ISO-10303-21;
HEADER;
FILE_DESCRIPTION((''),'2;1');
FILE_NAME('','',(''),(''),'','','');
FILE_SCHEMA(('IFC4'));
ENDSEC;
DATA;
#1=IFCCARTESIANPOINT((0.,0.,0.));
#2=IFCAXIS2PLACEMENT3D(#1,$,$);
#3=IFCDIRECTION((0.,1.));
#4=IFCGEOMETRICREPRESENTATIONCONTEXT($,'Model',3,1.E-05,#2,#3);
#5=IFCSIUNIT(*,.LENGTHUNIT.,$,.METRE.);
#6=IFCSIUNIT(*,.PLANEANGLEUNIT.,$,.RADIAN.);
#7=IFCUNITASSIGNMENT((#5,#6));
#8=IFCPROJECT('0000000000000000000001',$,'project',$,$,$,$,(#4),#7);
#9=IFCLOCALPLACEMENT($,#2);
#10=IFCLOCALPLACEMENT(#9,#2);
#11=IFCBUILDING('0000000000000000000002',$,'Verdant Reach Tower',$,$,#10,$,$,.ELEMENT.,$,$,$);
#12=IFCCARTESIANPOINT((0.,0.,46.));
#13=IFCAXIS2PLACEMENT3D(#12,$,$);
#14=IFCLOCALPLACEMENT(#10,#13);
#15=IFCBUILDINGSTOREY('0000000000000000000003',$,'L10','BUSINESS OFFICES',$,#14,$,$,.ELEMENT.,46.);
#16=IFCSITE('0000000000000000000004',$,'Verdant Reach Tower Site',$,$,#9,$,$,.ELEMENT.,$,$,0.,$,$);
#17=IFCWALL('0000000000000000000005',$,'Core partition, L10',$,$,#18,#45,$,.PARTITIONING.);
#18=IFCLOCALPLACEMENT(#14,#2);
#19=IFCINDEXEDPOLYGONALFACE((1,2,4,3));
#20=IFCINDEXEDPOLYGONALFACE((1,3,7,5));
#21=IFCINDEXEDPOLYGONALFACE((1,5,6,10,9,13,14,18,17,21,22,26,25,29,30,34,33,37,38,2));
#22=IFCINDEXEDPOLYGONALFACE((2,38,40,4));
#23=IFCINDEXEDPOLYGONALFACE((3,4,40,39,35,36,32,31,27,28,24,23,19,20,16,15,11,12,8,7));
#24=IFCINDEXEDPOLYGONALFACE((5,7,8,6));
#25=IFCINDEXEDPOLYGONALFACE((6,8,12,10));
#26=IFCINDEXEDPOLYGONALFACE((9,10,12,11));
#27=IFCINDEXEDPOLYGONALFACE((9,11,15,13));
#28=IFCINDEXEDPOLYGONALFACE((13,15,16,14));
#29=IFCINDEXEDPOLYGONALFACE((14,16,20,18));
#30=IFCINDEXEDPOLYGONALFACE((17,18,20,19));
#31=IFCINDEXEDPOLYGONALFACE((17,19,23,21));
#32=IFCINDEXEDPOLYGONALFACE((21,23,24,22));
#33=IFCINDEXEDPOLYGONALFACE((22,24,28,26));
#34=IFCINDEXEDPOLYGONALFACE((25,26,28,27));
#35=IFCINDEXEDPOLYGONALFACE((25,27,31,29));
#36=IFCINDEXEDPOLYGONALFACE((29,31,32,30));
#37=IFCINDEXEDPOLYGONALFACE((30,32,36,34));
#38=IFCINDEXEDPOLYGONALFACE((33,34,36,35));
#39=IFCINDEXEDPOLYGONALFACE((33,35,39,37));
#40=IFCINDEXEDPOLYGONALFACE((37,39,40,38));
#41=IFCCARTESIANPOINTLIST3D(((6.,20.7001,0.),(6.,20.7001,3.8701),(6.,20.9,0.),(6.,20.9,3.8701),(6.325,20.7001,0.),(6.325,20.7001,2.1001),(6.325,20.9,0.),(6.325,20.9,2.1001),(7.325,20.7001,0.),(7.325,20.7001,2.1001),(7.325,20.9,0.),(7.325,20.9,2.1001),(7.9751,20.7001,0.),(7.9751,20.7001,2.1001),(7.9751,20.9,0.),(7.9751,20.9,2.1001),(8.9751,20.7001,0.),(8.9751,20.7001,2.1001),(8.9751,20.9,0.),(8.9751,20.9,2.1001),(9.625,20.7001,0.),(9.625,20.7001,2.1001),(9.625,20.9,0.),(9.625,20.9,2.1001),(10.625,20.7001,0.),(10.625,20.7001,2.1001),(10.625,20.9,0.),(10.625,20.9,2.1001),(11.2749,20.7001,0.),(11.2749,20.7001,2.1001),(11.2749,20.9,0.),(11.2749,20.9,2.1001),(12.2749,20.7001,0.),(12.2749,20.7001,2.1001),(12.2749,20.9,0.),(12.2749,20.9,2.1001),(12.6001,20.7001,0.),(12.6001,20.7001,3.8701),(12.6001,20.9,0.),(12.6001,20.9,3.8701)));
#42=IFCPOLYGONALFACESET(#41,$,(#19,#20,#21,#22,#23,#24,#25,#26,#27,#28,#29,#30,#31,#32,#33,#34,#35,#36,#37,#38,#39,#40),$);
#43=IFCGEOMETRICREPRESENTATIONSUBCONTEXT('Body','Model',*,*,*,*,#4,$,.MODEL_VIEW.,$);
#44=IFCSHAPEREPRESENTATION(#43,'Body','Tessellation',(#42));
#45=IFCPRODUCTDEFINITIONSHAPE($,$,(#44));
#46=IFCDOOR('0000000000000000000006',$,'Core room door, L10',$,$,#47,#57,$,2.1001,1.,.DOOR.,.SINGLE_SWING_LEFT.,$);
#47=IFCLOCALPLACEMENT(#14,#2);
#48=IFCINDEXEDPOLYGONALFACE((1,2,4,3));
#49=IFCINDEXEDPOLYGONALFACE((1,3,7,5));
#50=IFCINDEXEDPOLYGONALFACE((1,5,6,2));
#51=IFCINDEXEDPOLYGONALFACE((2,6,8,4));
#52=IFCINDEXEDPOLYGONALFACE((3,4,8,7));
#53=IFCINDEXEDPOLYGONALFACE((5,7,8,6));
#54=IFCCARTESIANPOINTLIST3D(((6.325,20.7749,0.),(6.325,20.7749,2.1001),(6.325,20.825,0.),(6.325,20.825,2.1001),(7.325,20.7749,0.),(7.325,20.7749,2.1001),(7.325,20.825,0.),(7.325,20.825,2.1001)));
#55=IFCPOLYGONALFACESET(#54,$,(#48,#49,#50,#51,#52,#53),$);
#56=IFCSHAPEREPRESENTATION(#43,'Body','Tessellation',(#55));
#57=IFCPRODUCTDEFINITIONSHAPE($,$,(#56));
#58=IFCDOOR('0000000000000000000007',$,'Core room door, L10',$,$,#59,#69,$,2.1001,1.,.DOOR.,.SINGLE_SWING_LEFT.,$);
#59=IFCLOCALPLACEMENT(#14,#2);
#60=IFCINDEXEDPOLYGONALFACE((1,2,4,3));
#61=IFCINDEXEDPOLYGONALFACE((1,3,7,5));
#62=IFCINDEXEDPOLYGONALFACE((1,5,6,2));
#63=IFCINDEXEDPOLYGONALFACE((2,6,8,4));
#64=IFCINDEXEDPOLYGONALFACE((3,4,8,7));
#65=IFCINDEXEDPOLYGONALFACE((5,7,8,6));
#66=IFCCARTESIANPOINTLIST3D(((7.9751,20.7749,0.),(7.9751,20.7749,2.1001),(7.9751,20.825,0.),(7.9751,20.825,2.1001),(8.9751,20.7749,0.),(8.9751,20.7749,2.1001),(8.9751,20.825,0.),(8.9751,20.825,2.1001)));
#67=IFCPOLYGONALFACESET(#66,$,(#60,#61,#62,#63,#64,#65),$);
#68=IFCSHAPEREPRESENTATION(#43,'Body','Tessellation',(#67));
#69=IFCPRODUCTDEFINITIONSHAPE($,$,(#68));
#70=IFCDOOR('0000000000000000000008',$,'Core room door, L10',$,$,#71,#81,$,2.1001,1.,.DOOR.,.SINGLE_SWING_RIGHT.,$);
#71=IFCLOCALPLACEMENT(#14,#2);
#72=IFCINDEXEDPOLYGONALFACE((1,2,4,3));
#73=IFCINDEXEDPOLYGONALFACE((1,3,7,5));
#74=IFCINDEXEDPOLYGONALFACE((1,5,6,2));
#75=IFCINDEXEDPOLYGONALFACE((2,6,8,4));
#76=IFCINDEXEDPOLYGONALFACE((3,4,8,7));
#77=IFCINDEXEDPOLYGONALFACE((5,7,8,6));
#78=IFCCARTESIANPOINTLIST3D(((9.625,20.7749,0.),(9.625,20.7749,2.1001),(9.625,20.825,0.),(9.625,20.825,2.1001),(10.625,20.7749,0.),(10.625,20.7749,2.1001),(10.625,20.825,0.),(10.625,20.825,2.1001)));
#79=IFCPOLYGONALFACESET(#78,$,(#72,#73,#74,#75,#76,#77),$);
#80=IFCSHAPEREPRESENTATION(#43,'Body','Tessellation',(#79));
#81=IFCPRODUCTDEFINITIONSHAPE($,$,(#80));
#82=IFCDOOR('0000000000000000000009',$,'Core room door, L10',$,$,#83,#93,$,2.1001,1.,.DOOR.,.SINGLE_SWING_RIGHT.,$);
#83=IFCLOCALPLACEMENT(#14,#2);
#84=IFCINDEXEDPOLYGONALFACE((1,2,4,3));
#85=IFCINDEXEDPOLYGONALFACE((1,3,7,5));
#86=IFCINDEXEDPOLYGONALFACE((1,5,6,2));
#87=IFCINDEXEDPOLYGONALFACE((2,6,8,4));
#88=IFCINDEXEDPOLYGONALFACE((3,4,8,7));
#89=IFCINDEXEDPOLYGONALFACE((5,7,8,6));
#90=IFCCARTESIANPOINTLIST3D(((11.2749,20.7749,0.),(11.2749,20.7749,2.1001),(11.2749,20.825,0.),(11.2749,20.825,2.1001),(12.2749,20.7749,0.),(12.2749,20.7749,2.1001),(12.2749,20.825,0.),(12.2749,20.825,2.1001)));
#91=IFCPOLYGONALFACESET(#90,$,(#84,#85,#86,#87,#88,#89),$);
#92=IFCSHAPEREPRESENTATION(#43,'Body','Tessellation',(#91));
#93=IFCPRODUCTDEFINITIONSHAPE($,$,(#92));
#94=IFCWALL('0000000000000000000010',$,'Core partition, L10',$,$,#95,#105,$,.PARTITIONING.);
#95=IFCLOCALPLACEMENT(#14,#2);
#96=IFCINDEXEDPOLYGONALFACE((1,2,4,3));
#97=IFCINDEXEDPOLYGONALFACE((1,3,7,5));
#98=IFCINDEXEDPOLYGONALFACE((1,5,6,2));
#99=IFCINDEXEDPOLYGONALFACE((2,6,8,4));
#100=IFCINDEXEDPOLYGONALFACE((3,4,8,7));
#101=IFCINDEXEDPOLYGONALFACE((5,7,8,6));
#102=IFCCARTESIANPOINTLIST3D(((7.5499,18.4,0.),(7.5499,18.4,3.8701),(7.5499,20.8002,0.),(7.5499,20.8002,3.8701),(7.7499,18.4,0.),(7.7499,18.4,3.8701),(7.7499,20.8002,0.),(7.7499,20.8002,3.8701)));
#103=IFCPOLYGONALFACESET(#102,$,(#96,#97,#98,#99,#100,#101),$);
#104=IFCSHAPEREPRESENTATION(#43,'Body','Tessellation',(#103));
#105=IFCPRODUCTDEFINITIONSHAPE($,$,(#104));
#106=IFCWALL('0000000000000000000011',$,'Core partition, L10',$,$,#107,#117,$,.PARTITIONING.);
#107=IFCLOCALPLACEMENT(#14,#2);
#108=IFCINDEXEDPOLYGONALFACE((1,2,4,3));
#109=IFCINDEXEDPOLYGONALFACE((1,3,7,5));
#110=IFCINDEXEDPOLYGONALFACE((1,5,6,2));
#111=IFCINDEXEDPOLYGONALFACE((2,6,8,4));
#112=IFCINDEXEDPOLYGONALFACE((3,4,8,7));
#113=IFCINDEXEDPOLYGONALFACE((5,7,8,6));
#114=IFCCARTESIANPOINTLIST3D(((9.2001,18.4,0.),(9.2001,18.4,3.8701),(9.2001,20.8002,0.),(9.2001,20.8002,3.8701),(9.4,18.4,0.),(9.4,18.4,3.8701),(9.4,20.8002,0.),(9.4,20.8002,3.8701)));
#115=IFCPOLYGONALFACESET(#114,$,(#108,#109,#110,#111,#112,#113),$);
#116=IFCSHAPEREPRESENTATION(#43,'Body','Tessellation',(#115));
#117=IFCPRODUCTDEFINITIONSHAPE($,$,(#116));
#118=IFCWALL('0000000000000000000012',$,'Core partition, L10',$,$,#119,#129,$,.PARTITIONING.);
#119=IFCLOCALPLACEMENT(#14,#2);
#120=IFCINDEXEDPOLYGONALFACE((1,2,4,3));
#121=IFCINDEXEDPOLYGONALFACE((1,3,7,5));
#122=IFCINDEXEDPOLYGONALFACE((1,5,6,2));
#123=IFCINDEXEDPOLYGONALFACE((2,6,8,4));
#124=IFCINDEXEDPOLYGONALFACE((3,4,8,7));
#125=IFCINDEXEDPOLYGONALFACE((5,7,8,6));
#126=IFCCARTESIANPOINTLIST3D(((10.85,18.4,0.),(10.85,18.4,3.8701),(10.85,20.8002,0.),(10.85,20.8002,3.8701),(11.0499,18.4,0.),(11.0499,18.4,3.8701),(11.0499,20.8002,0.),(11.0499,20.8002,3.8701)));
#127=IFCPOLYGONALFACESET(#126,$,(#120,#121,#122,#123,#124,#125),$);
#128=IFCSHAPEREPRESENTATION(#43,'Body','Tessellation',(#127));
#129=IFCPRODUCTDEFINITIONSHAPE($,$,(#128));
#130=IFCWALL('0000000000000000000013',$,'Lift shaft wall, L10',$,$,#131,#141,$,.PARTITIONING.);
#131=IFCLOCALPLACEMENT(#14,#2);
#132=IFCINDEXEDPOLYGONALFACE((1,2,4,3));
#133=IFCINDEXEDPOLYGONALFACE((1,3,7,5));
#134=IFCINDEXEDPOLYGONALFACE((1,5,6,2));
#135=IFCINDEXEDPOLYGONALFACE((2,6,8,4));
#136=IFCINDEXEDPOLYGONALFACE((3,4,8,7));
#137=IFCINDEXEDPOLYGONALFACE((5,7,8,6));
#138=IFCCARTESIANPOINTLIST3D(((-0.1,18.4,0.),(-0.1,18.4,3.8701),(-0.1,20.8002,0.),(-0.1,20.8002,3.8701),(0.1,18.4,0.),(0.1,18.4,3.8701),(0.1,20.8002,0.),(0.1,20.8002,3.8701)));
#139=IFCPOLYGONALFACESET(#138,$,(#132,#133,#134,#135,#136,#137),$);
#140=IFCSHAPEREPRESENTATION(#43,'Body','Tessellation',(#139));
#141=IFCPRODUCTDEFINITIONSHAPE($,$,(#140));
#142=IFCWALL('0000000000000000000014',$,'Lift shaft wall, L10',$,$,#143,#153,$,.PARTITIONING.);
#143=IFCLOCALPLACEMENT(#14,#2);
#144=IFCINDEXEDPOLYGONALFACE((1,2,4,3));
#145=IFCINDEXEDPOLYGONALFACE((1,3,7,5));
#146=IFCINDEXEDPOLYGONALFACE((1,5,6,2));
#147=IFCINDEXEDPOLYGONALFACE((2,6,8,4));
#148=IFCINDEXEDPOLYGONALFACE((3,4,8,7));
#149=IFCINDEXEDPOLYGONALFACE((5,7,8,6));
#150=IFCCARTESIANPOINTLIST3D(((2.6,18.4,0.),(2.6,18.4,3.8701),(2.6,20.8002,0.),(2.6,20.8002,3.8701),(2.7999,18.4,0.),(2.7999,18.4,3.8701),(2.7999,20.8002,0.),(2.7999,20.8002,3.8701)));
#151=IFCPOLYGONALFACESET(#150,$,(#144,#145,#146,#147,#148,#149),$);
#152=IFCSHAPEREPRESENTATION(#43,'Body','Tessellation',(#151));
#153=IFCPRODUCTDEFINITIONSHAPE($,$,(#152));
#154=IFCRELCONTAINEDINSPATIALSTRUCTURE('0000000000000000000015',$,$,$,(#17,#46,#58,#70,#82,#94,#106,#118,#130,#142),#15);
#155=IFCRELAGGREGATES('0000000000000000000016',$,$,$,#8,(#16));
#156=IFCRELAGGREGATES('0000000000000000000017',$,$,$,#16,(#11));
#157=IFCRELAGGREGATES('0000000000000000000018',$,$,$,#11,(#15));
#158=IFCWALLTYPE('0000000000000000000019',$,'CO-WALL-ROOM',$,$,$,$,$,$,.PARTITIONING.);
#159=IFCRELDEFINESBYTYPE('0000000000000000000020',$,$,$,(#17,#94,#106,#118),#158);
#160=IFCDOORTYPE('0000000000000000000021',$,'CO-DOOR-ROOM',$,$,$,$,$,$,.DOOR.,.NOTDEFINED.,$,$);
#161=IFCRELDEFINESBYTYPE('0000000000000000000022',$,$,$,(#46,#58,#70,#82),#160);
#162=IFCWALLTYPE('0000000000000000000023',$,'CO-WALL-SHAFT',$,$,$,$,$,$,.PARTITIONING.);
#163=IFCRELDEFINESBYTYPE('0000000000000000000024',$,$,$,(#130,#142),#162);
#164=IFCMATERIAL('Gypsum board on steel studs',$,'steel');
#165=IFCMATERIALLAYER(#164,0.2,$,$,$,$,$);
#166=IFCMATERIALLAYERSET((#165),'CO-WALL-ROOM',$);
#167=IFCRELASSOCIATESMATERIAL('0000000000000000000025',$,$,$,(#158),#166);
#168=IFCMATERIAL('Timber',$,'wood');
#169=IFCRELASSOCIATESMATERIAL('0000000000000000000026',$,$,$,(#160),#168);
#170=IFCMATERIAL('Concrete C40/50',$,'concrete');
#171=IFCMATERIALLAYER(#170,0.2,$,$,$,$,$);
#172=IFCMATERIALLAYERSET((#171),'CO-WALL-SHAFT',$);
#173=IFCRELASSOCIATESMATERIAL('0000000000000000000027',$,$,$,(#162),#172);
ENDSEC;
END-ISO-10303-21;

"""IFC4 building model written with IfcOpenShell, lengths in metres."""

from ifc_helpers import new_model, si_unit, direction, frame, frame_2d, origin, place, context, subcontext, project, spatial, rectangle, extrude, material, layer, layer_set, type_object, element, fill, save


model = new_model("IFC4")

# Units and contexts
model_context = context("Model", 3, precision=1e-05, world=origin(), true_north=direction((0.0, 1.0)))
body_context = subcontext(model_context, "Body", "Model", "MODEL_VIEW")
ifc_project = project(units=[si_unit("LENGTHUNIT", "METRE"), si_unit("PLANEANGLEUNIT", "RADIAN")], contexts=[model_context])

# Site, building, storey
site_placement = place(None, origin())
site = spatial("IfcSite", under=ifc_project, at=site_placement, Name="Verdant Reach Tower Site", CompositionType="ELEMENT", RefElevation=0.0)
building_placement = place(site_placement, origin())
building = spatial("IfcBuilding", under=site, at=building_placement, Name="Verdant Reach Tower", CompositionType="ELEMENT")
storey_placement = place(building_placement, frame((0.0, 0.0, 46.0)))
storey = spatial("IfcBuildingStorey", under=building, at=storey_placement, Name="L10", Description="BUSINESS OFFICES", CompositionType="ELEMENT", Elevation=46.0)

# Wall, openings, doors
ifc_material_1 = material(Name="Gypsum board on steel studs", Category="steel")
ifc_layer_1 = layer(ifc_material_1, 0.2)
ifc_layer_set_1 = layer_set([ifc_layer_1], Name="CO-WALL-ROOM")
wall_type_1 = type_object("IfcWallType", Name="CO-WALL-ROOM", PredefinedType="PARTITIONING", material=ifc_layer_set_1)
wall_1_placement = place(storey_placement, frame((6.0, 20.8, 0.0), z_axis=(0.0, 0.0, 1.0), x_axis=(1.0, 0.0, 0.0)))
wall_1 = element("IfcWall", 1, at=wall_1_placement, inside=storey, type_object=wall_type_1, Name="Core partition, L10", PredefinedType="PARTITIONING", context=body_context, shape_type="SweptSolid", body=[
    extrude(rectangle(XDim=6.6001, YDim=0.2, at=frame_2d((3.3, 0.0))), origin(), (0.0, 0.0, 1.0), 3.8701),
])
opening_1_placement = place(wall_1_placement, frame((0.325, 0.0, 0.0)))
opening_1 = element("IfcOpeningElement", 2, at=opening_1_placement, cuts=wall_1, PredefinedType="OPENING", context=body_context, shape_type="SweptSolid", body=[
    extrude(rectangle(XDim=1.0, YDim=2.1001, at=frame_2d((0.5, 1.05))), frame((0.0, 0.1099, 0.0), z_axis=(0.0, -1.0, 0.0), x_axis=(1.0, 0.0, 0.0)), (0.0, 0.0, 1.0), 0.22),
])
opening_2_placement = place(wall_1_placement, frame((1.9751, 0.0, 0.0)))
opening_2 = element("IfcOpeningElement", 3, at=opening_2_placement, cuts=wall_1, PredefinedType="OPENING", context=body_context, shape_type="SweptSolid", body=[
    extrude(rectangle(XDim=1.0, YDim=2.1001, at=frame_2d((0.5, 1.05))), frame((0.0, 0.1099, 0.0), z_axis=(0.0, -1.0, 0.0), x_axis=(1.0, 0.0, 0.0)), (0.0, 0.0, 1.0), 0.22),
])
opening_3_placement = place(wall_1_placement, frame((3.625, 0.0, 0.0)))
opening_3 = element("IfcOpeningElement", 4, at=opening_3_placement, cuts=wall_1, PredefinedType="OPENING", context=body_context, shape_type="SweptSolid", body=[
    extrude(rectangle(XDim=1.0, YDim=2.1001, at=frame_2d((0.5, 1.05))), frame((0.0, 0.1099, 0.0), z_axis=(0.0, -1.0, 0.0), x_axis=(1.0, 0.0, 0.0)), (0.0, 0.0, 1.0), 0.22),
])
opening_4_placement = place(wall_1_placement, frame((5.2749, 0.0, 0.0)))
opening_4 = element("IfcOpeningElement", 5, at=opening_4_placement, cuts=wall_1, PredefinedType="OPENING", context=body_context, shape_type="SweptSolid", body=[
    extrude(rectangle(XDim=1.0, YDim=2.1001, at=frame_2d((0.5, 1.05))), frame((0.0, 0.1099, 0.0), z_axis=(0.0, -1.0, 0.0), x_axis=(1.0, 0.0, 0.0)), (0.0, 0.0, 1.0), 0.22),
])
ifc_material_2 = material(Name="Timber", Category="wood")
door_type_1 = type_object("IfcDoorType", Name="CO-DOOR-ROOM", OperationType="NOTDEFINED", PredefinedType="DOOR", material=ifc_material_2)
door_1_placement = place(opening_1_placement, origin())
door_1 = element("IfcDoor", 6, at=door_1_placement, inside=storey, type_object=door_type_1, Name="Core room door, L10", OperationType="SINGLE_SWING_LEFT", OverallHeight=2.1001, OverallWidth=1.0, PredefinedType="DOOR", context=body_context, shape_type="SweptSolid", body=[
    extrude(rectangle(XDim=1.0, YDim=2.1001, at=frame_2d((0.5, 1.05))), frame((0.0, 0.0249, 0.0), z_axis=(0.0, -1.0, 0.0), x_axis=(1.0, 0.0, 0.0)), (0.0, 0.0, 1.0), 0.05),
])
fill(opening_1, door_1)
door_2_placement = place(opening_2_placement, origin())
door_2 = element("IfcDoor", 7, at=door_2_placement, inside=storey, type_object=door_type_1, Name="Core room door, L10", OperationType="SINGLE_SWING_LEFT", OverallHeight=2.1001, OverallWidth=1.0, PredefinedType="DOOR", context=body_context, shape_type="SweptSolid", body=[
    extrude(rectangle(XDim=1.0, YDim=2.1001, at=frame_2d((0.5, 1.05))), frame((0.0, 0.0249, 0.0), z_axis=(0.0, -1.0, 0.0), x_axis=(1.0, 0.0, 0.0)), (0.0, 0.0, 1.0), 0.05),
])
fill(opening_2, door_2)
door_3_placement = place(opening_3_placement, origin())
door_3 = element("IfcDoor", 8, at=door_3_placement, inside=storey, type_object=door_type_1, Name="Core room door, L10", OperationType="SINGLE_SWING_RIGHT", OverallHeight=2.1001, OverallWidth=1.0, PredefinedType="DOOR", context=body_context, shape_type="SweptSolid", body=[
    extrude(rectangle(XDim=1.0, YDim=2.1001, at=frame_2d((0.5, 1.05))), frame((0.0, 0.0249, 0.0), z_axis=(0.0, -1.0, 0.0), x_axis=(1.0, 0.0, 0.0)), (0.0, 0.0, 1.0), 0.05),
])
fill(opening_3, door_3)
door_4_placement = place(opening_4_placement, origin())
door_4 = element("IfcDoor", 9, at=door_4_placement, inside=storey, type_object=door_type_1, Name="Core room door, L10", OperationType="SINGLE_SWING_RIGHT", OverallHeight=2.1001, OverallWidth=1.0, PredefinedType="DOOR", context=body_context, shape_type="SweptSolid", body=[
    extrude(rectangle(XDim=1.0, YDim=2.1001, at=frame_2d((0.5, 1.05))), frame((0.0, 0.0249, 0.0), z_axis=(0.0, -1.0, 0.0), x_axis=(1.0, 0.0, 0.0)), (0.0, 0.0, 1.0), 0.05),
])
fill(opening_4, door_4)

# Walls
for number, where, z_axis, x_axis, name in (
    (10, (7.6499, 18.3999, 0.0), (0.0, 0.0, 1.0), (0.0, 1.0, 0.0), "Core partition, L10"),
    (11, (9.3, 18.3999, 0.0), (0.0, 0.0, 1.0), (0.0, 1.0, 0.0), "Core partition, L10"),
    (12, (10.95, 18.3999, 0.0), (0.0, 0.0, 1.0), (0.0, 1.0, 0.0), "Core partition, L10"),
):
    element("IfcWall", number, at=place(storey_placement, frame(where, z_axis=z_axis, x_axis=x_axis)), inside=storey, type_object=wall_type_1, Name=name, PredefinedType="PARTITIONING", context=body_context, shape_type="SweptSolid", body=[
        extrude(rectangle(XDim=2.4001, YDim=0.2, at=frame_2d((1.2002, 0.0))), origin(), (0.0, 0.0, 1.0), 3.8701),
    ])
ifc_material_3 = material(Name="Concrete C40/50", Category="concrete")
ifc_layer_2 = layer(ifc_material_3, 0.2)
ifc_layer_set_2 = layer_set([ifc_layer_2], Name="CO-WALL-SHAFT")
wall_type_2 = type_object("IfcWallType", Name="CO-WALL-SHAFT", PredefinedType="PARTITIONING", material=ifc_layer_set_2)
for number, where, z_axis, x_axis, name in (
    (13, (0.0, 18.3999, 0.0), (0.0, 0.0, 1.0), (0.0, 1.0, 0.0), "Lift shaft wall, L10"),
    (14, (2.7, 18.3999, 0.0), (0.0, 0.0, 1.0), (0.0, 1.0, 0.0), "Lift shaft wall, L10"),
):
    element("IfcWall", number, at=place(storey_placement, frame(where, z_axis=z_axis, x_axis=x_axis)), inside=storey, type_object=wall_type_2, Name=name, PredefinedType="PARTITIONING", context=body_context, shape_type="SweptSolid", body=[
        extrude(rectangle(XDim=2.4001, YDim=0.2, at=frame_2d((1.2002, 0.0))), origin(), (0.0, 0.0, 1.0), 3.8701),
    ])

save(model, "model.ifc")
